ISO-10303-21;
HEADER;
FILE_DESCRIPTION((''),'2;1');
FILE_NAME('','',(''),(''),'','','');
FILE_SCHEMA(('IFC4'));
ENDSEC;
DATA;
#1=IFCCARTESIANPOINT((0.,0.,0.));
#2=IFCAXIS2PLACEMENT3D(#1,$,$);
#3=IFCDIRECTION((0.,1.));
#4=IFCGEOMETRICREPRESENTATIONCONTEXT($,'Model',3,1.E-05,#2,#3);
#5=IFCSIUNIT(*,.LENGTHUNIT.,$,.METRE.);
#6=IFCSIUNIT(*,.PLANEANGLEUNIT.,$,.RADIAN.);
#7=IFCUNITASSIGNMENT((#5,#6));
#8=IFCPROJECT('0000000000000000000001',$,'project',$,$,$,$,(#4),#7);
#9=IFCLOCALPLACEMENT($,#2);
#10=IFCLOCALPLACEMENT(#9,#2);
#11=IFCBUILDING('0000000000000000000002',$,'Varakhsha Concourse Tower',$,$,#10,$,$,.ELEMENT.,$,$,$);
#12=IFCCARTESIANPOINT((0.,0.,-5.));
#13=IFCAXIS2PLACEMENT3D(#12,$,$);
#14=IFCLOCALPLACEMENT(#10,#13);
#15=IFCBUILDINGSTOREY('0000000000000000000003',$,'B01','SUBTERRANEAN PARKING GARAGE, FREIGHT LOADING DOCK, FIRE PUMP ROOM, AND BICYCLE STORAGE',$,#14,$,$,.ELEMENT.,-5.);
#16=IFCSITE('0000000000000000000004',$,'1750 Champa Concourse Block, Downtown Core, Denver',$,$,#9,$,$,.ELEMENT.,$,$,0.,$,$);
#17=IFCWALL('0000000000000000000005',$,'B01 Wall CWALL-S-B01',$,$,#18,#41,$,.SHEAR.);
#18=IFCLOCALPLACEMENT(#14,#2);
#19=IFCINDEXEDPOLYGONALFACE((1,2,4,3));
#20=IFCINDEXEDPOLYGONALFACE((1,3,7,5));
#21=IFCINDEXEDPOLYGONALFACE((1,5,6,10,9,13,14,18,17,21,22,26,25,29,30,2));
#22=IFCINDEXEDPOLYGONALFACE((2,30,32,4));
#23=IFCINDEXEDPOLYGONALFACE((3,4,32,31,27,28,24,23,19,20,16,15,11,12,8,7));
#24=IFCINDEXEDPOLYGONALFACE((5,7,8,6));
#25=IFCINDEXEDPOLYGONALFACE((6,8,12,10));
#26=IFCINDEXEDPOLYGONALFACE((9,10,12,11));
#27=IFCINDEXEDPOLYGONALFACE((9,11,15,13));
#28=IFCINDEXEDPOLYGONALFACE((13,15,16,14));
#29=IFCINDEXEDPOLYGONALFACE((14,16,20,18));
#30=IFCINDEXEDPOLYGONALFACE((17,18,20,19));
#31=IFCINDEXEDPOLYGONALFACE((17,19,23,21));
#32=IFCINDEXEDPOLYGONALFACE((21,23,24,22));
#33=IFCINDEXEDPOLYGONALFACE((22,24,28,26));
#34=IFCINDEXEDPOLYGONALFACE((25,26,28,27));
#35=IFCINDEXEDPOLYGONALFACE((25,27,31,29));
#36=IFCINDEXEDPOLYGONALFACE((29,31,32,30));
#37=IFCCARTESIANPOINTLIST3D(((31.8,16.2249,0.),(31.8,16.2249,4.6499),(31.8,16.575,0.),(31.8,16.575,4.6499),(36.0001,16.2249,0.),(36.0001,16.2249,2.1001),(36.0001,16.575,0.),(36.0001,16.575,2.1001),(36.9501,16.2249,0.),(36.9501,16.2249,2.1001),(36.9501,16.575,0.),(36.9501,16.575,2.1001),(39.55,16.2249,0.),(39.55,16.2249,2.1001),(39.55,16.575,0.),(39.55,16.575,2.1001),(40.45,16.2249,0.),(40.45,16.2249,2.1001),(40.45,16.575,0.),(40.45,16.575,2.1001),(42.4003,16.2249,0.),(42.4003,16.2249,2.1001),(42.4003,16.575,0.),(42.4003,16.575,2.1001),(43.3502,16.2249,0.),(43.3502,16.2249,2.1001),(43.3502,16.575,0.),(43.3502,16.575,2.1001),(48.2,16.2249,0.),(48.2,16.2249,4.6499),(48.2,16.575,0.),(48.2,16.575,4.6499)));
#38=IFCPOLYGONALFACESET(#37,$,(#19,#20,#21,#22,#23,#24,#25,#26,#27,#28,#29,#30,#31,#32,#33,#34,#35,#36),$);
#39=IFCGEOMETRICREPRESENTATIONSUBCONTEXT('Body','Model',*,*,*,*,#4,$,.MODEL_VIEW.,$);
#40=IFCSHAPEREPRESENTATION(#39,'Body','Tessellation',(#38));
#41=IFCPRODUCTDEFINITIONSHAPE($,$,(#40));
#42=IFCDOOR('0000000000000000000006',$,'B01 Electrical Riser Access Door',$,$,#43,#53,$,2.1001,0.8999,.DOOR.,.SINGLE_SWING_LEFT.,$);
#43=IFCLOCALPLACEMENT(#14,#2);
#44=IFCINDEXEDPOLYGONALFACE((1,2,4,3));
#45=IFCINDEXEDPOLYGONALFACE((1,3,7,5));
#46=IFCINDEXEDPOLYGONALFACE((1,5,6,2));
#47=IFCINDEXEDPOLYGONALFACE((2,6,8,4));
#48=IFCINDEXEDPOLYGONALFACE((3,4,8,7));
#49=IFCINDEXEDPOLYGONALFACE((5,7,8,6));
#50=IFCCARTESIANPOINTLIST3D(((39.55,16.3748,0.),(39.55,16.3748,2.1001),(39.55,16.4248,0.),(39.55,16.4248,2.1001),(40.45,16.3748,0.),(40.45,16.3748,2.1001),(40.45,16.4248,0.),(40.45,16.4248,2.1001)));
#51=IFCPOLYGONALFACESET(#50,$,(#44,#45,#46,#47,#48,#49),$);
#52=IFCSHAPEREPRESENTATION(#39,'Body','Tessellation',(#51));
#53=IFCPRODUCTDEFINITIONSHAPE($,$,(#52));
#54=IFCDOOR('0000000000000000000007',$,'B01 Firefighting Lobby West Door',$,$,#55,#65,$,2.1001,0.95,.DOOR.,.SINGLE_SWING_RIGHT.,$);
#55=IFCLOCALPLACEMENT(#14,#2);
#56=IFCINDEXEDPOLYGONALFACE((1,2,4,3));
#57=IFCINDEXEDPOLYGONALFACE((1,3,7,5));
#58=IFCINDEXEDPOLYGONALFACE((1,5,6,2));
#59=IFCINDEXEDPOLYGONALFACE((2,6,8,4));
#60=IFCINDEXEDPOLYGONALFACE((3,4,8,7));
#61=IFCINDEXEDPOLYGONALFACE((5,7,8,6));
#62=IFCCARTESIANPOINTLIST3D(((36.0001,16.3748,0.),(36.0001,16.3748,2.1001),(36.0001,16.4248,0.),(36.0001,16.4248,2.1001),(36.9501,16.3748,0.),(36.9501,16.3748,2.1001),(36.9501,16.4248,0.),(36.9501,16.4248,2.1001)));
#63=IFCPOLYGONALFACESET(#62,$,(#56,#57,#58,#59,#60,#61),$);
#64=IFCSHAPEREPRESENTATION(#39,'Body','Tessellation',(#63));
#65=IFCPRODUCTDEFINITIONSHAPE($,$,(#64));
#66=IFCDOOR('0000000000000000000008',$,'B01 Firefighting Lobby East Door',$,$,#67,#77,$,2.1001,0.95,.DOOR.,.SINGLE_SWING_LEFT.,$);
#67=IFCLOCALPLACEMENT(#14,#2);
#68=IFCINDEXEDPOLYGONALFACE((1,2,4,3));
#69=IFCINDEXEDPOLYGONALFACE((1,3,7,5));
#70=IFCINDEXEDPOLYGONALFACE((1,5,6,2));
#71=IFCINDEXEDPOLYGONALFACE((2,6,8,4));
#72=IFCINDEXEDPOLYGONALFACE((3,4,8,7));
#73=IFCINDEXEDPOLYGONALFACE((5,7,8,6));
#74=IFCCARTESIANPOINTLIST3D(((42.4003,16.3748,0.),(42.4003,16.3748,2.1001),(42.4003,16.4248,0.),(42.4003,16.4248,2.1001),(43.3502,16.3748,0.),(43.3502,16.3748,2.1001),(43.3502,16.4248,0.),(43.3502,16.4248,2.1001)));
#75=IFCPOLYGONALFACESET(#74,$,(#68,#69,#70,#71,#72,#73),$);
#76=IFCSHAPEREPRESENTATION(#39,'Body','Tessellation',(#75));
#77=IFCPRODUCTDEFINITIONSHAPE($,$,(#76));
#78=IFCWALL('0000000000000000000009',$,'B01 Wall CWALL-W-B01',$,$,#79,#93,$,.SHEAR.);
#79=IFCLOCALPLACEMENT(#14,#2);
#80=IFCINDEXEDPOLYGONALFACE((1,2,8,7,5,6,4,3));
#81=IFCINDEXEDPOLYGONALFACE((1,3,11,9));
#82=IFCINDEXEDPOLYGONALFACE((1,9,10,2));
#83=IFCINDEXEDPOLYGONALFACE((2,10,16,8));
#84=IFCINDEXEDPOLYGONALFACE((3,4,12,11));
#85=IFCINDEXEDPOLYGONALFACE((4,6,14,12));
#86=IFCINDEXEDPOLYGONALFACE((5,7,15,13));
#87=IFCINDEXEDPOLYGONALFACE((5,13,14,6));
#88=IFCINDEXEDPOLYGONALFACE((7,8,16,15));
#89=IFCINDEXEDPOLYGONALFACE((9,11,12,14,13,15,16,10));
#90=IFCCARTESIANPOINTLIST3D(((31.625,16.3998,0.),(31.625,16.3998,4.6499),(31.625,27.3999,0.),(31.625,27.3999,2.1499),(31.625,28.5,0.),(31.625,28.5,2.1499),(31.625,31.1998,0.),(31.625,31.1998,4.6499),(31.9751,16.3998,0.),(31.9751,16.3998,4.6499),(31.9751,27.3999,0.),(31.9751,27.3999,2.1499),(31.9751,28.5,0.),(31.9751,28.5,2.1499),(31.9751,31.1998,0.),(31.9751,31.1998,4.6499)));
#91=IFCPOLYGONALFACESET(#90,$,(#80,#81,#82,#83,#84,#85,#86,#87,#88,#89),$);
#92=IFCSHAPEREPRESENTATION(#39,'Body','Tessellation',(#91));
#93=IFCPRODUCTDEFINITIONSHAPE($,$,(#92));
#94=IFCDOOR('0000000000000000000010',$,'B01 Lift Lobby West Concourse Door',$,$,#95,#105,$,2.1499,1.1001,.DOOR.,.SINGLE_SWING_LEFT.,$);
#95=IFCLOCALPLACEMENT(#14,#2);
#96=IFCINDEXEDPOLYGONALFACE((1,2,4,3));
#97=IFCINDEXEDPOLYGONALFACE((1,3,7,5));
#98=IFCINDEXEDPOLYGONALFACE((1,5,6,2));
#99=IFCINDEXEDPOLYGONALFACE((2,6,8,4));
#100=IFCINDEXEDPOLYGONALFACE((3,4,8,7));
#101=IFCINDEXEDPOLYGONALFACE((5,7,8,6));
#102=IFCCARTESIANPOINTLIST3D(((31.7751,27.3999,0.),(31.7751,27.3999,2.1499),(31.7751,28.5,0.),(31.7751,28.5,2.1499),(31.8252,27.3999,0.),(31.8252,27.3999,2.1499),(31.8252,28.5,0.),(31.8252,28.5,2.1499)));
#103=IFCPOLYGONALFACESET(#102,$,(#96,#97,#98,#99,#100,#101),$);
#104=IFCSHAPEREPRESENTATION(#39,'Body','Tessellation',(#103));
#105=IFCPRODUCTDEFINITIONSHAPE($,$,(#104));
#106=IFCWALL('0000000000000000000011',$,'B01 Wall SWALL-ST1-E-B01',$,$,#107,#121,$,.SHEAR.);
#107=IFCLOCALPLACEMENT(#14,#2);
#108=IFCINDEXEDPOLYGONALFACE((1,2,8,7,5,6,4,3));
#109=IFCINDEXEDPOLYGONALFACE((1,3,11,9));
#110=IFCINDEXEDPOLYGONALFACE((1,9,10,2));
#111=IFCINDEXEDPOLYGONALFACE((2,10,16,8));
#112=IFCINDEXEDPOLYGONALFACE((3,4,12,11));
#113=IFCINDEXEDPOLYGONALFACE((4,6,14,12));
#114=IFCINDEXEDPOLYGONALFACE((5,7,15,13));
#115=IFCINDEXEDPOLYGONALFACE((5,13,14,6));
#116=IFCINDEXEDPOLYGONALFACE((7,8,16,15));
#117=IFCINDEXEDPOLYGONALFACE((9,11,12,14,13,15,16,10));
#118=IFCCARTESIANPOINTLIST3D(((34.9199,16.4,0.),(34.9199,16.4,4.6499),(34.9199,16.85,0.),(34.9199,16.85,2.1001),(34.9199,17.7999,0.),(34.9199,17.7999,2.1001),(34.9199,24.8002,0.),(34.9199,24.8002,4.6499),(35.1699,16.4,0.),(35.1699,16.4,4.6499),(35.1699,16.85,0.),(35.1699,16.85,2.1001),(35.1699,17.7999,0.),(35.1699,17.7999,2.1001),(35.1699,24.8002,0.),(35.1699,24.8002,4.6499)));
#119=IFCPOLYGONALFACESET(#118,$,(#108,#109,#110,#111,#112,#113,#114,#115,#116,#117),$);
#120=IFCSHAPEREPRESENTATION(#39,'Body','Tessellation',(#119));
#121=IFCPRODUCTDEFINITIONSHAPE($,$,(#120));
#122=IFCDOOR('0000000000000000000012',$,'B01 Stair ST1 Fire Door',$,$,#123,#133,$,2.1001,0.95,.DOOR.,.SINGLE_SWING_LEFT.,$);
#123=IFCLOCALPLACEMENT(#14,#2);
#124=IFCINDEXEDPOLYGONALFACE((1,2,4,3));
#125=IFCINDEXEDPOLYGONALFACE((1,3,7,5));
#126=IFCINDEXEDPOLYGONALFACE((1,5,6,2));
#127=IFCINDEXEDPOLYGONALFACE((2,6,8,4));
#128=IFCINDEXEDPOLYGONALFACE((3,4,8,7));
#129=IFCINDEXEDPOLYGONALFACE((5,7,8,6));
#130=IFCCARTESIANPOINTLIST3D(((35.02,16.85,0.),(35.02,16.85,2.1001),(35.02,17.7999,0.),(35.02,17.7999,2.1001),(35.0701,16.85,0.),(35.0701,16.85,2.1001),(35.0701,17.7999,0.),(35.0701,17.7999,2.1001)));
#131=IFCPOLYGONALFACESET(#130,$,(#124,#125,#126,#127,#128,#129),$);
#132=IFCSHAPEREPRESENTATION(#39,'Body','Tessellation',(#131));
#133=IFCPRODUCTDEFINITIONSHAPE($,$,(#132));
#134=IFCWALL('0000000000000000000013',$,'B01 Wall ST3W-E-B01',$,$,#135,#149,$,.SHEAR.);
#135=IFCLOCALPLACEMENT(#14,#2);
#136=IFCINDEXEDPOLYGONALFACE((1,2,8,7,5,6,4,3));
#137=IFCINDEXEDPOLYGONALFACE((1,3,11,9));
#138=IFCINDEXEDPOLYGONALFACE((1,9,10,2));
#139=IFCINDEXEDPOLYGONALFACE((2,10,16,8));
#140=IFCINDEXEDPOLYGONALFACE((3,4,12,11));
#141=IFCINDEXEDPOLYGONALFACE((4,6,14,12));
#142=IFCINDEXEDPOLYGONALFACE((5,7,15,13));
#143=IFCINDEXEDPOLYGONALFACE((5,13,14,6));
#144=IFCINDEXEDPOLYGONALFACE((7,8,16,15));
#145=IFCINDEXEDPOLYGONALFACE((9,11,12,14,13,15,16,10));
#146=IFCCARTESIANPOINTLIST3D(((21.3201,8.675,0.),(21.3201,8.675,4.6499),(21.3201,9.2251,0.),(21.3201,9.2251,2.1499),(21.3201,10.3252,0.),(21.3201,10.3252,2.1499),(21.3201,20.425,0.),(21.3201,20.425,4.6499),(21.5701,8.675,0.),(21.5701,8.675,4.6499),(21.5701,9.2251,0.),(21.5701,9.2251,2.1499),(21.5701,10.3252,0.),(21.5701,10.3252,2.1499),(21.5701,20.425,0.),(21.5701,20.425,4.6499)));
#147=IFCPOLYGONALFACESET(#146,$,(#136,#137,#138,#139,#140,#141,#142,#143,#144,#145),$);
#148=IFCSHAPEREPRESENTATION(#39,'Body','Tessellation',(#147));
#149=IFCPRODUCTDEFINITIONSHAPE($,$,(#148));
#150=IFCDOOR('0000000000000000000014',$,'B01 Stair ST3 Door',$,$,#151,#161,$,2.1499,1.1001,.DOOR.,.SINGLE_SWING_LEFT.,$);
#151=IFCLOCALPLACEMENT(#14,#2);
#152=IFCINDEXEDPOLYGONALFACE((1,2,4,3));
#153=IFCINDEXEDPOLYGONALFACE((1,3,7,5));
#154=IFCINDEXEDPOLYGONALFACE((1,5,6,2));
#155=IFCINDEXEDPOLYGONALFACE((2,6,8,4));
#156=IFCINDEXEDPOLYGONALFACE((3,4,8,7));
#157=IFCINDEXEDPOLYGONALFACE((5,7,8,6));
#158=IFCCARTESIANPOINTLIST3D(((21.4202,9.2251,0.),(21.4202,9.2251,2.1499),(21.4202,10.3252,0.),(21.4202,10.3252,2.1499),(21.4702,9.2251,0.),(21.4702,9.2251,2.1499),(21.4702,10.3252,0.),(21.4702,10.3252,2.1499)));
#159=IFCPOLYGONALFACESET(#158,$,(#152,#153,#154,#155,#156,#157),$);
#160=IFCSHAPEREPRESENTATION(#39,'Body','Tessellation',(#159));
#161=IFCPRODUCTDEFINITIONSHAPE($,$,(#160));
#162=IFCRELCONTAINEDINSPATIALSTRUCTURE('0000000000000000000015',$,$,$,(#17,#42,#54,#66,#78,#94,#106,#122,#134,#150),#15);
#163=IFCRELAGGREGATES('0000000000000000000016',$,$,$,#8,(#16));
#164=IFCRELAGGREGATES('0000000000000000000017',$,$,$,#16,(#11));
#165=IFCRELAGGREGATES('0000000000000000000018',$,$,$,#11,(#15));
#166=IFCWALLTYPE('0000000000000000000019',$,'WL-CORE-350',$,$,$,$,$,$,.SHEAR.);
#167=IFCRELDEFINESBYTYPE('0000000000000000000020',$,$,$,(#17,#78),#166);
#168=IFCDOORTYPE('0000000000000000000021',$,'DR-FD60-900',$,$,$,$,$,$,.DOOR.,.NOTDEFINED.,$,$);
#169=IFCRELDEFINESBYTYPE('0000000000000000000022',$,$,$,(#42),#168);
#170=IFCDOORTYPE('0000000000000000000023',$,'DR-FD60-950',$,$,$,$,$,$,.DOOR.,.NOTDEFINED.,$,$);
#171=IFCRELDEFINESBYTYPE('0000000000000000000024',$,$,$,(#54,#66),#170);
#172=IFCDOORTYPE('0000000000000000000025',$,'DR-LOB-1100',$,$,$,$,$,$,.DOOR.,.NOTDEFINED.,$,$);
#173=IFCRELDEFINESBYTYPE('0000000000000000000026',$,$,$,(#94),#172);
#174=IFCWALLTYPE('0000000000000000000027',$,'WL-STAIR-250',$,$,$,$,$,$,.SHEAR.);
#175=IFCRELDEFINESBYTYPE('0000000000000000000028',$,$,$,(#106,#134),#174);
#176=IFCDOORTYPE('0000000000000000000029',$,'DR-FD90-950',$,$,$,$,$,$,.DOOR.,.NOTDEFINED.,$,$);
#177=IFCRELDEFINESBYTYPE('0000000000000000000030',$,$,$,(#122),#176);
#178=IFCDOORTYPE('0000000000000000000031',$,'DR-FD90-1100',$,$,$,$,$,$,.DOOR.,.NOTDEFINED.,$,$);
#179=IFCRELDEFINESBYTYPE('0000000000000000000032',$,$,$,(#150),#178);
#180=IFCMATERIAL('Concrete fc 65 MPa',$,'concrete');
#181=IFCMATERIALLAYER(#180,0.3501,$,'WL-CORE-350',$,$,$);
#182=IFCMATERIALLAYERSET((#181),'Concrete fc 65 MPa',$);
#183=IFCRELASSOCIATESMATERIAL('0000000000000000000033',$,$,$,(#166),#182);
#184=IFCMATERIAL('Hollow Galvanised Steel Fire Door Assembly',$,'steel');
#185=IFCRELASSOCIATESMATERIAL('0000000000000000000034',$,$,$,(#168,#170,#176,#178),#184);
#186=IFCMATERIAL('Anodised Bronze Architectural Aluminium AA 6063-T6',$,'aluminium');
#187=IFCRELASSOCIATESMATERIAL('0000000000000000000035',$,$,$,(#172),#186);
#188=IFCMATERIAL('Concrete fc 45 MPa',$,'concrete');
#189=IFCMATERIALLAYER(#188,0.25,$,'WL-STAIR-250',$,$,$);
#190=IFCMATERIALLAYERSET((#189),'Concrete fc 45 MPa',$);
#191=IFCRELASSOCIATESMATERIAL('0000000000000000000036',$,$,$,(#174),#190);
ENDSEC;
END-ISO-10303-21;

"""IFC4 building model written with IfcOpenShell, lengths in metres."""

from ifc_helpers import new_model, si_unit, direction, frame, frame_2d, origin, place, context, subcontext, project, spatial, rectangle, extrude, material, layer, layer_set, type_object, element, fill, save


model = new_model("IFC4")

# Units and contexts
model_context = context("Model", 3, precision=1e-05, world=origin(), true_north=direction((0.0, 1.0)))
body_context = subcontext(model_context, "Body", "Model", "MODEL_VIEW")
ifc_project = project(units=[si_unit("LENGTHUNIT", "METRE"), si_unit("PLANEANGLEUNIT", "RADIAN")], contexts=[model_context])

# Site, building, storey
site_placement = place(None, origin())
site = spatial("IfcSite", under=ifc_project, at=site_placement, Name="1750 Champa Concourse Block, Downtown Core, Denver", CompositionType="ELEMENT", RefElevation=0.0)
building_placement = place(site_placement, origin())
building = spatial("IfcBuilding", under=site, at=building_placement, Name="Varakhsha Concourse Tower", CompositionType="ELEMENT")
storey_placement = place(building_placement, frame((0.0, 0.0, -5.0)))
storey = spatial("IfcBuildingStorey", under=building, at=storey_placement, Name="B01", Description="SUBTERRANEAN PARKING GARAGE, FREIGHT LOADING DOCK, FIRE PUMP ROOM, AND BICYCLE STORAGE", CompositionType="ELEMENT", Elevation=-5.0)

# Shared definitions
ifc_material_1 = material(Name="Concrete fc 65 MPa", Category="concrete")

# Wall, openings, doors
ifc_layer_1 = layer(ifc_material_1, 0.3501, Name="WL-CORE-350")
ifc_layer_set_1 = layer_set([ifc_layer_1], Name="Concrete fc 65 MPa")
wall_type_1 = type_object("IfcWallType", Name="WL-CORE-350", PredefinedType="SHEAR", material=ifc_layer_set_1)
wall_1_placement = place(storey_placement, frame((31.8, 16.3999, 0.0), z_axis=(0.0, 0.0, 1.0), x_axis=(1.0, 0.0, 0.0)))
wall_1 = element("IfcWall", 1, at=wall_1_placement, inside=storey, type_object=wall_type_1, Name="B01 Wall CWALL-S-B01", PredefinedType="SHEAR", context=body_context, shape_type="SweptSolid", body=[
    extrude(rectangle(XDim=16.3999, YDim=0.3501, at=frame_2d((8.2, 0.0))), origin(), (0.0, 0.0, 1.0), 4.6499),
])
opening_1_placement = place(wall_1_placement, frame((7.75, 0.0, 0.0)))
opening_1 = element("IfcOpeningElement", 2, at=opening_1_placement, cuts=wall_1, PredefinedType="OPENING", context=body_context, shape_type="SweptSolid", body=[
    extrude(rectangle(XDim=0.8999, YDim=2.1001, at=frame_2d((0.45, 1.05))), frame((0.0, 0.1851, 0.0), z_axis=(0.0, -1.0, 0.0), x_axis=(1.0, 0.0, 0.0)), (0.0, 0.0, 1.0), 0.3701),
])
opening_2_placement = place(wall_1_placement, frame((4.2, 0.0, 0.0)))
opening_2 = element("IfcOpeningElement", 3, at=opening_2_placement, cuts=wall_1, PredefinedType="OPENING", context=body_context, shape_type="SweptSolid", body=[
    extrude(rectangle(XDim=0.95, YDim=2.1001, at=frame_2d((0.4751, 1.05))), frame((0.0, 0.1851, 0.0), z_axis=(0.0, -1.0, 0.0), x_axis=(1.0, 0.0, 0.0)), (0.0, 0.0, 1.0), 0.3701),
])
opening_3_placement = place(wall_1_placement, frame((10.6001, 0.0, 0.0)))
opening_3 = element("IfcOpeningElement", 4, at=opening_3_placement, cuts=wall_1, PredefinedType="OPENING", context=body_context, shape_type="SweptSolid", body=[
    extrude(rectangle(XDim=0.95, YDim=2.1001, at=frame_2d((0.4751, 1.05))), frame((0.0, 0.1851, 0.0), z_axis=(0.0, -1.0, 0.0), x_axis=(1.0, 0.0, 0.0)), (0.0, 0.0, 1.0), 0.3701),
])
ifc_material_2 = material(Name="Hollow Galvanised Steel Fire Door Assembly", Category="steel")
door_type_1 = type_object("IfcDoorType", Name="DR-FD60-900", OperationType="NOTDEFINED", PredefinedType="DOOR", material=ifc_material_2)
door_1_placement = place(opening_1_placement, origin())
door_1 = element("IfcDoor", 5, at=door_1_placement, inside=storey, type_object=door_type_1, Name="B01 Electrical Riser Access Door", OperationType="SINGLE_SWING_LEFT", OverallHeight=2.1001, OverallWidth=0.8999, PredefinedType="DOOR", context=body_context, shape_type="SweptSolid", body=[
    extrude(rectangle(XDim=0.8999, YDim=2.1001, at=frame_2d((0.45, 1.05))), frame((0.0, 0.0249, 0.0), z_axis=(0.0, -1.0, 0.0), x_axis=(1.0, 0.0, 0.0)), (0.0, 0.0, 1.0), 0.05),
])
fill(opening_1, door_1)
door_type_2 = type_object("IfcDoorType", Name="DR-FD60-950", OperationType="NOTDEFINED", PredefinedType="DOOR", material=ifc_material_2)
door_2_placement = place(opening_2_placement, origin())
door_2 = element("IfcDoor", 6, at=door_2_placement, inside=storey, type_object=door_type_2, Name="B01 Firefighting Lobby West Door", OperationType="SINGLE_SWING_RIGHT", OverallHeight=2.1001, OverallWidth=0.95, PredefinedType="DOOR", context=body_context, shape_type="SweptSolid", body=[
    extrude(rectangle(XDim=0.95, YDim=2.1001, at=frame_2d((0.4751, 1.05))), frame((0.0, 0.0249, 0.0), z_axis=(0.0, -1.0, 0.0), x_axis=(1.0, 0.0, 0.0)), (0.0, 0.0, 1.0), 0.05),
])
fill(opening_2, door_2)
door_3_placement = place(opening_3_placement, origin())
door_3 = element("IfcDoor", 7, at=door_3_placement, inside=storey, type_object=door_type_2, Name="B01 Firefighting Lobby East Door", OperationType="SINGLE_SWING_LEFT", OverallHeight=2.1001, OverallWidth=0.95, PredefinedType="DOOR", context=body_context, shape_type="SweptSolid", body=[
    extrude(rectangle(XDim=0.95, YDim=2.1001, at=frame_2d((0.4751, 1.05))), frame((0.0, 0.0249, 0.0), z_axis=(0.0, -1.0, 0.0), x_axis=(1.0, 0.0, 0.0)), (0.0, 0.0, 1.0), 0.05),
])
fill(opening_3, door_3)

# Walls, openings, doors
wall_2_placement = place(storey_placement, frame((31.8, 16.3999, 0.0), z_axis=(0.0, 0.0, 1.0), x_axis=(0.0, 1.0, 0.0)))
wall_2 = element("IfcWall", 8, at=wall_2_placement, inside=storey, type_object=wall_type_1, Name="B01 Wall CWALL-W-B01", PredefinedType="SHEAR", context=body_context, shape_type="SweptSolid", body=[
    extrude(rectangle(XDim=14.8, YDim=0.3501, at=frame_2d((7.3999, 0.0))), origin(), (0.0, 0.0, 1.0), 4.6499),
])
opening_4_placement = place(wall_2_placement, frame((11.0, 0.0, 0.0)))
opening_4 = element("IfcOpeningElement", 9, at=opening_4_placement, cuts=wall_2, PredefinedType="OPENING", context=body_context, shape_type="SweptSolid", body=[
    extrude(rectangle(XDim=1.1001, YDim=2.1499, at=frame_2d((0.55, 1.075))), frame((0.0, 0.1851, 0.0), z_axis=(0.0, -1.0, 0.0), x_axis=(1.0, 0.0, 0.0)), (0.0, 0.0, 1.0), 0.3701),
])
ifc_material_3 = material(Name="Anodised Bronze Architectural Aluminium AA 6063-T6", Category="aluminium")
door_type_3 = type_object("IfcDoorType", Name="DR-LOB-1100", OperationType="NOTDEFINED", PredefinedType="DOOR", material=ifc_material_3)
door_4_placement = place(opening_4_placement, origin())
door_4 = element("IfcDoor", 10, at=door_4_placement, inside=storey, type_object=door_type_3, Name="B01 Lift Lobby West Concourse Door", OperationType="SINGLE_SWING_LEFT", OverallHeight=2.1499, OverallWidth=1.1001, PredefinedType="DOOR", context=body_context, shape_type="SweptSolid", body=[
    extrude(rectangle(XDim=1.1001, YDim=2.1499, at=frame_2d((0.55, 1.075))), frame((0.0, 0.0249, 0.0), z_axis=(0.0, -1.0, 0.0), x_axis=(1.0, 0.0, 0.0)), (0.0, 0.0, 1.0), 0.05),
])
fill(opening_4, door_4)
ifc_material_4 = material(Name="Concrete fc 45 MPa", Category="concrete")
ifc_layer_2 = layer(ifc_material_4, 0.25, Name="WL-STAIR-250")
ifc_layer_set_2 = layer_set([ifc_layer_2], Name="Concrete fc 45 MPa")
wall_type_2 = type_object("IfcWallType", Name="WL-STAIR-250", PredefinedType="SHEAR", material=ifc_layer_set_2)
wall_3_placement = place(storey_placement, frame((35.0449, 16.3999, 0.0), z_axis=(0.0, 0.0, 1.0), x_axis=(0.0, 1.0, 0.0)))
wall_3 = element("IfcWall", 11, at=wall_3_placement, inside=storey, type_object=wall_type_2, Name="B01 Wall SWALL-ST1-E-B01", PredefinedType="SHEAR", context=body_context, shape_type="SweptSolid", body=[
    extrude(rectangle(XDim=8.4001, YDim=0.25, at=frame_2d((4.2002, 0.0))), origin(), (0.0, 0.0, 1.0), 4.6499),
])
opening_5_placement = place(wall_3_placement, frame((0.45, 0.0, 0.0)))
opening_5 = element("IfcOpeningElement", 12, at=opening_5_placement, cuts=wall_3, PredefinedType="OPENING", context=body_context, shape_type="SweptSolid", body=[
    extrude(rectangle(XDim=0.95, YDim=2.1001, at=frame_2d((0.4751, 1.05))), frame((0.0, 0.135, 0.0), z_axis=(0.0, -1.0, 0.0), x_axis=(1.0, 0.0, 0.0)), (0.0, 0.0, 1.0), 0.27),
])
door_type_4 = type_object("IfcDoorType", Name="DR-FD90-950", OperationType="NOTDEFINED", PredefinedType="DOOR", material=ifc_material_2)
door_5_placement = place(opening_5_placement, origin())
door_5 = element("IfcDoor", 13, at=door_5_placement, inside=storey, type_object=door_type_4, Name="B01 Stair ST1 Fire Door", OperationType="SINGLE_SWING_LEFT", OverallHeight=2.1001, OverallWidth=0.95, PredefinedType="DOOR", context=body_context, shape_type="SweptSolid", body=[
    extrude(rectangle(XDim=0.95, YDim=2.1001, at=frame_2d((0.4751, 1.05))), frame((0.0, 0.0249, 0.0), z_axis=(0.0, -1.0, 0.0), x_axis=(1.0, 0.0, 0.0)), (0.0, 0.0, 1.0), 0.05),
])
fill(opening_5, door_5)
wall_4_placement = place(storey_placement, frame((21.4451, 8.675, 0.0), z_axis=(0.0, 0.0, 1.0), x_axis=(0.0, 1.0, 0.0)))
wall_4 = element("IfcWall", 14, at=wall_4_placement, inside=storey, type_object=wall_type_2, Name="B01 Wall ST3W-E-B01", PredefinedType="SHEAR", context=body_context, shape_type="SweptSolid", body=[
    extrude(rectangle(XDim=11.75, YDim=0.25, at=frame_2d((5.875, 0.0))), origin(), (0.0, 0.0, 1.0), 4.6499),
])
opening_6_placement = place(wall_4_placement, frame((0.55, 0.0, 0.0)))
opening_6 = element("IfcOpeningElement", 15, at=opening_6_placement, cuts=wall_4, PredefinedType="OPENING", context=body_context, shape_type="SweptSolid", body=[
    extrude(rectangle(XDim=1.1001, YDim=2.1499, at=frame_2d((0.55, 1.075))), frame((0.0, 0.135, 0.0), z_axis=(0.0, -1.0, 0.0), x_axis=(1.0, 0.0, 0.0)), (0.0, 0.0, 1.0), 0.27),
])
door_type_5 = type_object("IfcDoorType", Name="DR-FD90-1100", OperationType="NOTDEFINED", PredefinedType="DOOR", material=ifc_material_2)
door_6_placement = place(opening_6_placement, origin())
door_6 = element("IfcDoor", 16, at=door_6_placement, inside=storey, type_object=door_type_5, Name="B01 Stair ST3 Door", OperationType="SINGLE_SWING_LEFT", OverallHeight=2.1499, OverallWidth=1.1001, PredefinedType="DOOR", context=body_context, shape_type="SweptSolid", body=[
    extrude(rectangle(XDim=1.1001, YDim=2.1499, at=frame_2d((0.55, 1.075))), frame((0.0, 0.0249, 0.0), z_axis=(0.0, -1.0, 0.0), x_axis=(1.0, 0.0, 0.0)), (0.0, 0.0, 1.0), 0.05),
])
fill(opening_6, door_6)

save(model, "model.ifc")
